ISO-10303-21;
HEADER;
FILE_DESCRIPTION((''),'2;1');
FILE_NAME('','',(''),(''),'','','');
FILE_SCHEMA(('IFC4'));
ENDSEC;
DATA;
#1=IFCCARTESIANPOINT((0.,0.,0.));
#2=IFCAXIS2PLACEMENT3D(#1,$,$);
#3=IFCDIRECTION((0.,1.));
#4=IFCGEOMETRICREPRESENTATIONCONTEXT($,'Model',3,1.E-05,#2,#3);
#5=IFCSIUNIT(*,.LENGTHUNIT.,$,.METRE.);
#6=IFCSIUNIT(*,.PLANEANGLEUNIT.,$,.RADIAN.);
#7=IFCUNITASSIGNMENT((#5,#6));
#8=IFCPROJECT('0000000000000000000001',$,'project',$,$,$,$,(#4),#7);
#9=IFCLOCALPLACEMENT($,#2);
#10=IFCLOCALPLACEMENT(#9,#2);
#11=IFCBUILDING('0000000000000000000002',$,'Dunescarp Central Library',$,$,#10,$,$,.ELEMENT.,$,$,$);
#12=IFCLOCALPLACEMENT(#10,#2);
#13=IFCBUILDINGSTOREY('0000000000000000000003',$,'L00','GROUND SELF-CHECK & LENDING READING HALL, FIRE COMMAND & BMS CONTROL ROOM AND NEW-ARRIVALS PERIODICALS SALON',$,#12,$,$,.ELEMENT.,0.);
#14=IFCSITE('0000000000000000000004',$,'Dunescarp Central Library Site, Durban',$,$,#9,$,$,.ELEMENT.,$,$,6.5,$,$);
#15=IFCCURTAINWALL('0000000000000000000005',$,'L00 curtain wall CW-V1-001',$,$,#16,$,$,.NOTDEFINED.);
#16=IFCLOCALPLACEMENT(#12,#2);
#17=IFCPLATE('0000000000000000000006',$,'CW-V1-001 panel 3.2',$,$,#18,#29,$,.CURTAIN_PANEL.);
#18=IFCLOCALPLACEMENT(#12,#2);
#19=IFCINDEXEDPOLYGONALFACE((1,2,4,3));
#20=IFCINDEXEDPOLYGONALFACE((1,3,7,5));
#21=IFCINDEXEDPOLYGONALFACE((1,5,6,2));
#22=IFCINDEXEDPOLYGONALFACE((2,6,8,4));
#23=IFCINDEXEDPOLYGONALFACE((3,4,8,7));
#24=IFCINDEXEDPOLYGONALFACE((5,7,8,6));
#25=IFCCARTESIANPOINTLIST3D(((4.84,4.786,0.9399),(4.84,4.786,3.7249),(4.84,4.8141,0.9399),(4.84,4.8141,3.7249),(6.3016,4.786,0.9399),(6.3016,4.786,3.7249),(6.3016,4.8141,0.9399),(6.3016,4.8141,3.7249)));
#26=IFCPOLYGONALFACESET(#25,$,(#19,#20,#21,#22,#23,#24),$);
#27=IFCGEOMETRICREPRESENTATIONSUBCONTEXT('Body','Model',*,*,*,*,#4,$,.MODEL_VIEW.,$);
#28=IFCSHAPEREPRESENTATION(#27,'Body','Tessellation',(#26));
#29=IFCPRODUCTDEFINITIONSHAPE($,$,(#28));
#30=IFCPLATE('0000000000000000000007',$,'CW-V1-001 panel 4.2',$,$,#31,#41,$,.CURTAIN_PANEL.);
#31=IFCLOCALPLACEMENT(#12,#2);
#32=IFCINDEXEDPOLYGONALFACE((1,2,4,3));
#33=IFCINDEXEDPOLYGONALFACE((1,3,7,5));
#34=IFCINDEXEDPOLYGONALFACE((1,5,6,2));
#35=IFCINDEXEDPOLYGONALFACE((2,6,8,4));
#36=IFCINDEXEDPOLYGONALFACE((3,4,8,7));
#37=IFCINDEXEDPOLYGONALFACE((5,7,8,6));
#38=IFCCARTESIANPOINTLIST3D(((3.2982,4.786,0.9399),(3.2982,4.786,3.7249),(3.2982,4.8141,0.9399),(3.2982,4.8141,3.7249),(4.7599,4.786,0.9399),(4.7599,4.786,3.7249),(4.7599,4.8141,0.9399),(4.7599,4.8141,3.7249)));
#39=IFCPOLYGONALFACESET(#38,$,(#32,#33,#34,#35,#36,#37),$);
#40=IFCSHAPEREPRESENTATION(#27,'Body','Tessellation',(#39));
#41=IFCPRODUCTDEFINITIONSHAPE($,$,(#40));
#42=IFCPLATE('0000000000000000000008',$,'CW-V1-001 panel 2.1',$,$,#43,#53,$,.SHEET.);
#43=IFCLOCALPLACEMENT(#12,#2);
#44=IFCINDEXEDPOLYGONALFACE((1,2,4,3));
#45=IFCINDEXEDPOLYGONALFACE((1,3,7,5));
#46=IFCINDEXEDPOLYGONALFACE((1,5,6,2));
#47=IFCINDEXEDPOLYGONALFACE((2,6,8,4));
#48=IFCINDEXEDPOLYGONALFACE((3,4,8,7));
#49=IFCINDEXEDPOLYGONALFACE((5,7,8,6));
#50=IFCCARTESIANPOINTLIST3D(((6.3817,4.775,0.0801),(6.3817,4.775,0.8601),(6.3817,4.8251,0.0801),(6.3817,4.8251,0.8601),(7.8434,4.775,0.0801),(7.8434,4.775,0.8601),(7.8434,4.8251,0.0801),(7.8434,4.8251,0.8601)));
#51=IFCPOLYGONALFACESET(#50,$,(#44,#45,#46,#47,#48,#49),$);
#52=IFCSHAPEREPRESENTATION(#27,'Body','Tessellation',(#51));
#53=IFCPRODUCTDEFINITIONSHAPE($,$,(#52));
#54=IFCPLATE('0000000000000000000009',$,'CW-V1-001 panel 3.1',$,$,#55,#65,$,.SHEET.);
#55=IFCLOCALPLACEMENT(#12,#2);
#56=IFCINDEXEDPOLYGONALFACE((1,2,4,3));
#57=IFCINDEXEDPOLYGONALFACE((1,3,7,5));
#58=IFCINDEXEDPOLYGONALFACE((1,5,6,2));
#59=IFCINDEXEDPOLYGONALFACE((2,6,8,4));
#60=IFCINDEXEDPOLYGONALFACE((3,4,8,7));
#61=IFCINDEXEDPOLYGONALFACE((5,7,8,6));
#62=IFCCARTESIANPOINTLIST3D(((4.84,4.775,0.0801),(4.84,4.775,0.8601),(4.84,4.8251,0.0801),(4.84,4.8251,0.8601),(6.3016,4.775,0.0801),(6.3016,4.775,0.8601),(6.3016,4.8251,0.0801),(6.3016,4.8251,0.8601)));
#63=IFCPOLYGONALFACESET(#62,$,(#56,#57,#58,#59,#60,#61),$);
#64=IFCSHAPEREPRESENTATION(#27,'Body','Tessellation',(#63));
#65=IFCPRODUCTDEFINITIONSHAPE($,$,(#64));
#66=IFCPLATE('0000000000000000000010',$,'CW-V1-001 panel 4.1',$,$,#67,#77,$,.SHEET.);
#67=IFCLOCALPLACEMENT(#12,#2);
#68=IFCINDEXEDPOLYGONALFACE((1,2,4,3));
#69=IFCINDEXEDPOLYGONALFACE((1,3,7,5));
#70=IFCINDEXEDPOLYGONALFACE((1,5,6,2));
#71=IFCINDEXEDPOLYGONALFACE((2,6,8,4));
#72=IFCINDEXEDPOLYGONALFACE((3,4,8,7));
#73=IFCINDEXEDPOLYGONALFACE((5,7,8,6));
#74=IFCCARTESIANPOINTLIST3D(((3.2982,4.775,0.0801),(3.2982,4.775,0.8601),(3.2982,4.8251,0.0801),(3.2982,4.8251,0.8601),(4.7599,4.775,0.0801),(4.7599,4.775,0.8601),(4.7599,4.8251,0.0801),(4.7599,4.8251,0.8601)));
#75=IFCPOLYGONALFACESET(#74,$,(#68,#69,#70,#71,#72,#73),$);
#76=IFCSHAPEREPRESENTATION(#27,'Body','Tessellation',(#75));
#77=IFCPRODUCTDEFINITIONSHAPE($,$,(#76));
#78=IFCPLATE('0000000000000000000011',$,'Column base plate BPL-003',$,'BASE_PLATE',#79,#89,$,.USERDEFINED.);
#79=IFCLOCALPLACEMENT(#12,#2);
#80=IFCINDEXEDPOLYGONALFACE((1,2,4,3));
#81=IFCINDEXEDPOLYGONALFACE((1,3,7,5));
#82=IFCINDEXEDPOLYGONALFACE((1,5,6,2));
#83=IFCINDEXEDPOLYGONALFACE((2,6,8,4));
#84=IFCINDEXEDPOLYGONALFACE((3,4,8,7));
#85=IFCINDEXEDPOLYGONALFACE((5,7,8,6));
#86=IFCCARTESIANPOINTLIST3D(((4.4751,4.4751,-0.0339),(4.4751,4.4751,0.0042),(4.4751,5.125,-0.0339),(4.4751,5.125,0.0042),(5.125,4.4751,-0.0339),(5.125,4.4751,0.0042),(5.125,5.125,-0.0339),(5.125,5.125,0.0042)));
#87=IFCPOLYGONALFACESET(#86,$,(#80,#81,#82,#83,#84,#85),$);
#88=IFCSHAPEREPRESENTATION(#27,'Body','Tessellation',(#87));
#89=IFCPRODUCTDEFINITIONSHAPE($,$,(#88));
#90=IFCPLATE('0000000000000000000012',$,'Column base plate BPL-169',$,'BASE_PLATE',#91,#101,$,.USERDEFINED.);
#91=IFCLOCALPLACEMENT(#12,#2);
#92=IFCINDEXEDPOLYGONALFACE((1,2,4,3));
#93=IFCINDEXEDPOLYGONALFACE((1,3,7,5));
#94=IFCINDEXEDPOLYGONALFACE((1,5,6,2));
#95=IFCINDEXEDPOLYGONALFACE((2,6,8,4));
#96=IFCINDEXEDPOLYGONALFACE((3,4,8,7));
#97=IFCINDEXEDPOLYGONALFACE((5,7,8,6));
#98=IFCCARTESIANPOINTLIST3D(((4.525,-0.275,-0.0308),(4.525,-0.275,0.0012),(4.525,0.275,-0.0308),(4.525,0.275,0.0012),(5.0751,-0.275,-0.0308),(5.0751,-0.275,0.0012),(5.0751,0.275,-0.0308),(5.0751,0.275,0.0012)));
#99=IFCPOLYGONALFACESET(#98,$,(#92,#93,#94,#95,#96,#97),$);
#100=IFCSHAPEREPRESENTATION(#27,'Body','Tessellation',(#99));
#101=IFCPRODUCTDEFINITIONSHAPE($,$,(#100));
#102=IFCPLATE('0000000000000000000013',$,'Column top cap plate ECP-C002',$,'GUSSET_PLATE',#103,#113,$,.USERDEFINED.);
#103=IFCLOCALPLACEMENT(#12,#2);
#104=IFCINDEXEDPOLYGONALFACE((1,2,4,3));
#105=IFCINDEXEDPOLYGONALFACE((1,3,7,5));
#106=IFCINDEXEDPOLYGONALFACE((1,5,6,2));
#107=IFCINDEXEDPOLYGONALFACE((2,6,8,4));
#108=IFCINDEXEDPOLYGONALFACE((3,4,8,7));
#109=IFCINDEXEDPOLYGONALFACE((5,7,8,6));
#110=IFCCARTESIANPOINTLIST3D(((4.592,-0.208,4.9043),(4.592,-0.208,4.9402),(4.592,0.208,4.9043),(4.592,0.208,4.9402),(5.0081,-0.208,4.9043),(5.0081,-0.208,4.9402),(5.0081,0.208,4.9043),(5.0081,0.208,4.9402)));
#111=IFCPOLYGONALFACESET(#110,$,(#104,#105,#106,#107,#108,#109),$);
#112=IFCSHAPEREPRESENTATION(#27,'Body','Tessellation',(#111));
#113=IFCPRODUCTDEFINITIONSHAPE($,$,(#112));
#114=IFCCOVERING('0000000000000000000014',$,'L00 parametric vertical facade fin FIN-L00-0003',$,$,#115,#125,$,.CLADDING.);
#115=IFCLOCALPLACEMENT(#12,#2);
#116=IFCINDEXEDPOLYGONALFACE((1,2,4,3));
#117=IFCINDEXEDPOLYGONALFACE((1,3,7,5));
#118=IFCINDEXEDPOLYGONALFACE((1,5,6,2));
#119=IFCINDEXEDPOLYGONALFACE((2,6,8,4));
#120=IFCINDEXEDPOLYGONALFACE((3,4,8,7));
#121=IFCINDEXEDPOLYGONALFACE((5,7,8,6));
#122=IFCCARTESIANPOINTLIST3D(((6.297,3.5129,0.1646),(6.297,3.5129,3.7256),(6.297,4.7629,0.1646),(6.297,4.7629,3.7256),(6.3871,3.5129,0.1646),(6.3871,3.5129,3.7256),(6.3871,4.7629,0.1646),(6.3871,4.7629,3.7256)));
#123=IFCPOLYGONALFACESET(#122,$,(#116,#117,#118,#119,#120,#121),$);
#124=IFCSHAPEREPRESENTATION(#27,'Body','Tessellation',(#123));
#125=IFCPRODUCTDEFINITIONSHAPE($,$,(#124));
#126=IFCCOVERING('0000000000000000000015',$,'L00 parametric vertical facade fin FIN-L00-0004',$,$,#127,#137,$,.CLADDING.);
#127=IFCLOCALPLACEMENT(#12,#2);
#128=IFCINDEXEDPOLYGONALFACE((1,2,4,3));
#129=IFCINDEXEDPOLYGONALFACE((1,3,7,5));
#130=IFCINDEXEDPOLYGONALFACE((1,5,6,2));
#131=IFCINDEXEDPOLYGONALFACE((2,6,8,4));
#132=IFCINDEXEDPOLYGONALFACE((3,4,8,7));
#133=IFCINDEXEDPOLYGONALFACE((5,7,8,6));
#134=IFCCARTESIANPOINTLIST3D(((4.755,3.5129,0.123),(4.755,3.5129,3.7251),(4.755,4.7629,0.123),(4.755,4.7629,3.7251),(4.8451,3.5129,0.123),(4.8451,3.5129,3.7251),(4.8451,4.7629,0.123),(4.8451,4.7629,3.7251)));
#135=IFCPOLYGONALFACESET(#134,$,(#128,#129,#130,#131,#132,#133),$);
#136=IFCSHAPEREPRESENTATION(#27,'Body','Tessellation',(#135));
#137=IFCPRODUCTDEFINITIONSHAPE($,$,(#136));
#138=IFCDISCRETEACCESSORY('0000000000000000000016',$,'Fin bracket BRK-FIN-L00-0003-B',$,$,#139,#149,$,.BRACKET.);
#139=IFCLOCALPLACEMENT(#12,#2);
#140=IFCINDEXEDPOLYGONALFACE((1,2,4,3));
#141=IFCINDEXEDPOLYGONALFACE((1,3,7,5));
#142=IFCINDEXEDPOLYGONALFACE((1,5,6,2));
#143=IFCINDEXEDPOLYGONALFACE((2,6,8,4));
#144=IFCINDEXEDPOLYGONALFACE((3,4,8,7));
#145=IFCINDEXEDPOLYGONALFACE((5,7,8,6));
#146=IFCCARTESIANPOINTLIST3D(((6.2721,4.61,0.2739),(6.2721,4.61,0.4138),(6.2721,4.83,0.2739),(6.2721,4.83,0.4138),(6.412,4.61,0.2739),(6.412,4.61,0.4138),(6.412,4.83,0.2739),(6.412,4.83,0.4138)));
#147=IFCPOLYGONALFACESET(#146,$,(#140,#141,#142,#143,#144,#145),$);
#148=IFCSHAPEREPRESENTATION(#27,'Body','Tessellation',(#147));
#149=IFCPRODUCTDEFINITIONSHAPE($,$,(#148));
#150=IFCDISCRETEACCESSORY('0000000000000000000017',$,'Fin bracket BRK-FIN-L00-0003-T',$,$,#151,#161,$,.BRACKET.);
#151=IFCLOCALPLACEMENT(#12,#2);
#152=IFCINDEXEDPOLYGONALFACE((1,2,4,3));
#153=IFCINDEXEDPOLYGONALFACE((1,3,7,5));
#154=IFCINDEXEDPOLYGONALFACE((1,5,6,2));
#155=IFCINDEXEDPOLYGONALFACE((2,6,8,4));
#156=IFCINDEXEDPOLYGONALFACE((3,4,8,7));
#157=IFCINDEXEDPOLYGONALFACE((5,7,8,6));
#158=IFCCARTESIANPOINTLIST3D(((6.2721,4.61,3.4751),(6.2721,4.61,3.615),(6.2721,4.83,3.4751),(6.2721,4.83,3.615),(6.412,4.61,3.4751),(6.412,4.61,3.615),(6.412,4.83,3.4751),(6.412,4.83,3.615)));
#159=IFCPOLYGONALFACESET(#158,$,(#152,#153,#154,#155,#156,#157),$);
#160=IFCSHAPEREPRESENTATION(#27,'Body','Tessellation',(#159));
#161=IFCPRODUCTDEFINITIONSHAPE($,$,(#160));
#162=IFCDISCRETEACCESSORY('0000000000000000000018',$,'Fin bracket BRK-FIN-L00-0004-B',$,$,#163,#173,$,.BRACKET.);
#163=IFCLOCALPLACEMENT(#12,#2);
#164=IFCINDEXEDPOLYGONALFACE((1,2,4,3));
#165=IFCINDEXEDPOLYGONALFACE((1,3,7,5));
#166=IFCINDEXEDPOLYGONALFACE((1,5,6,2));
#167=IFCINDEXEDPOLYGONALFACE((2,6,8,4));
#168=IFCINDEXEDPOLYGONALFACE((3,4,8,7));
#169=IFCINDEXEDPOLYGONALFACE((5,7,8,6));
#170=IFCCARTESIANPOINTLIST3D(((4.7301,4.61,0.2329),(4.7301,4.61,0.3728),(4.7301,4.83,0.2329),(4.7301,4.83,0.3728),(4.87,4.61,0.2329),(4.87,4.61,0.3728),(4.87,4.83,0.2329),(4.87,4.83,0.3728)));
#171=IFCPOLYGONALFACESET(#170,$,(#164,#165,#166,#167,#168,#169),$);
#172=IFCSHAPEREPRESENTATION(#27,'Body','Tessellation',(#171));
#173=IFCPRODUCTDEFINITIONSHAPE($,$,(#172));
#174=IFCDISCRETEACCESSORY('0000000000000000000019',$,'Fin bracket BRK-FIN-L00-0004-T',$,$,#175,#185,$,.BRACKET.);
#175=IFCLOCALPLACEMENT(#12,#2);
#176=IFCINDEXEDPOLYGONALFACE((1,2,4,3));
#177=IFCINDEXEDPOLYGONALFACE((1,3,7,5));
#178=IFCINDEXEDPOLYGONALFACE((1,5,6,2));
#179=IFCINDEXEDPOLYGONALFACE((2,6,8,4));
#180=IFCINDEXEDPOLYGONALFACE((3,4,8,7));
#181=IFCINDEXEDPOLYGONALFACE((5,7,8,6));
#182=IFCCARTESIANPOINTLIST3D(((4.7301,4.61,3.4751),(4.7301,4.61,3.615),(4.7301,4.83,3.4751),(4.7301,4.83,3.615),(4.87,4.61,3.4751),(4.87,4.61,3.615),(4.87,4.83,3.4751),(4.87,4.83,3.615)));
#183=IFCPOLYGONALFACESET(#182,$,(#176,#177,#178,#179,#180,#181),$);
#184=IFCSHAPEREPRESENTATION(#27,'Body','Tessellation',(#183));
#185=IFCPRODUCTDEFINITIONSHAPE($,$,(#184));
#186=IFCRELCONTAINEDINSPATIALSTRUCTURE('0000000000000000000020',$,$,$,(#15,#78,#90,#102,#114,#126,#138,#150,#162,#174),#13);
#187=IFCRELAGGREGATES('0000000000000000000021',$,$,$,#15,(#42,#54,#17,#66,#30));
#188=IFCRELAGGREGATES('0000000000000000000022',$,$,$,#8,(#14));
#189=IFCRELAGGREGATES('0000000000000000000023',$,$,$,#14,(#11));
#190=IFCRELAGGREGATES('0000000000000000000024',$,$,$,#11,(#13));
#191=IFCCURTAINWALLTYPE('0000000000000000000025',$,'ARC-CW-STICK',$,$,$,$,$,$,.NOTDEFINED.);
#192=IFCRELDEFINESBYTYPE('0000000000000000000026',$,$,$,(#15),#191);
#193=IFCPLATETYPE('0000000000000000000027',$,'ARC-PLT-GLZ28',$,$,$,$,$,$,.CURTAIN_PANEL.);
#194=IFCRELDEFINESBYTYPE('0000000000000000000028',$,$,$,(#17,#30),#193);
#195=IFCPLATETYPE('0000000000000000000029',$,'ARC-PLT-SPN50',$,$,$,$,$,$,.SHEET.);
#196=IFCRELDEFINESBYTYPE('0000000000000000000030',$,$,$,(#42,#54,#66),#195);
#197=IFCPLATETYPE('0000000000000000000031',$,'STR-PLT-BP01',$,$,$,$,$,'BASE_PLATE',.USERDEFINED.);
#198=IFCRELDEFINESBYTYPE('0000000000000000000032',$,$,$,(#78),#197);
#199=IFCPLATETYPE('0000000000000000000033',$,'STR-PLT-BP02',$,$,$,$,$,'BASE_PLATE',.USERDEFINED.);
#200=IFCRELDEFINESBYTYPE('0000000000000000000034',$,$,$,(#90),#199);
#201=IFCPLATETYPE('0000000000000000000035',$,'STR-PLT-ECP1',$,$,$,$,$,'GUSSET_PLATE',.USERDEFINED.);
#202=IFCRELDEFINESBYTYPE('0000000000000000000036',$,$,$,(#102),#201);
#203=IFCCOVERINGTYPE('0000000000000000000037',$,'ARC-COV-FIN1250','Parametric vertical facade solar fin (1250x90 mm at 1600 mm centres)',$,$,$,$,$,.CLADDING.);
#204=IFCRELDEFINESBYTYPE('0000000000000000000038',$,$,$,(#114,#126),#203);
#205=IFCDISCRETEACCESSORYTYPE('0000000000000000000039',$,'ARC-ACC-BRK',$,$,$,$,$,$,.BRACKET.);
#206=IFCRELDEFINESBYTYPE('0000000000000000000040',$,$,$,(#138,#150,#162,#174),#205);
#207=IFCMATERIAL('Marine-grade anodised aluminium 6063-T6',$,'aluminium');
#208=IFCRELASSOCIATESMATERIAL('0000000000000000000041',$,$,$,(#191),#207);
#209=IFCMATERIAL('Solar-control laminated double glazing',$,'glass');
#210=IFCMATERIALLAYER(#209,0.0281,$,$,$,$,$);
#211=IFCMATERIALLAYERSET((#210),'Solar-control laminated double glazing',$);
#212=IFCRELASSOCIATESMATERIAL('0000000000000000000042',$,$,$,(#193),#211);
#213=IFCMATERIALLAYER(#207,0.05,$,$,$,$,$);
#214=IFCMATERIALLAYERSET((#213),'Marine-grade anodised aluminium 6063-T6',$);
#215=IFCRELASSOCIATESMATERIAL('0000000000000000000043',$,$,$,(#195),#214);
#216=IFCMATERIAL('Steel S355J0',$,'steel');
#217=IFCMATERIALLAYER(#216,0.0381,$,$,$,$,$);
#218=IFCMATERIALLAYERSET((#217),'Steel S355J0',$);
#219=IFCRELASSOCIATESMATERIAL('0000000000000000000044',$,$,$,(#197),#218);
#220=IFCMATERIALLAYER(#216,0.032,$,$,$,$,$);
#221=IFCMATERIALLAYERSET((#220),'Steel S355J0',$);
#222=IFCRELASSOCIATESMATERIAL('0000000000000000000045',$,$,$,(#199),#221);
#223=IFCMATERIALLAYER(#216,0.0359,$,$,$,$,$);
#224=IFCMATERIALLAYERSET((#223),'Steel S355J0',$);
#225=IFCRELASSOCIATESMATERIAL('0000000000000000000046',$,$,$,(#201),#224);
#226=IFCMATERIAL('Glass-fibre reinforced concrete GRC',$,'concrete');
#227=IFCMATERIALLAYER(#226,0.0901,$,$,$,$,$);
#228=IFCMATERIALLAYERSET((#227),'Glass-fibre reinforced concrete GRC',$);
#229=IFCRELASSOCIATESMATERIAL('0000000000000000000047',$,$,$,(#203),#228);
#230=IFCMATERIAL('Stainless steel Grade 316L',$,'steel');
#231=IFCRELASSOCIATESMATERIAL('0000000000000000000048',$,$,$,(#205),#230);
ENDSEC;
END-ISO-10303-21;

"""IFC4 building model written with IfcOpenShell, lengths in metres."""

from ifc_helpers import new_model, si_unit, direction, frame, origin, origin_2d, place, context, subcontext, project, spatial, rectangle, extrude, material, layer, layer_set, type_object, element, aggregate, save


model = new_model("IFC4")

# Units and contexts
model_context = context("Model", 3, precision=1e-05, world=origin(), true_north=direction((0.0, 1.0)))
body_context = subcontext(model_context, "Body", "Model", "MODEL_VIEW")
ifc_project = project(units=[si_unit("LENGTHUNIT", "METRE"), si_unit("PLANEANGLEUNIT", "RADIAN")], contexts=[model_context])

# Site, building, storey
site_placement = place(None, origin())
site = spatial("IfcSite", under=ifc_project, at=site_placement, Name="Dunescarp Central Library Site, Durban", CompositionType="ELEMENT", RefElevation=6.5)
building_placement = place(site_placement, origin())
building = spatial("IfcBuilding", under=site, at=building_placement, Name="Dunescarp Central Library", CompositionType="ELEMENT")
storey_placement = place(building_placement, origin())
storey = spatial("IfcBuildingStorey", under=building, at=storey_placement, Name="L00", Description="GROUND SELF-CHECK & LENDING READING HALL, FIRE COMMAND & BMS CONTROL ROOM AND NEW-ARRIVALS PERIODICALS SALON", CompositionType="ELEMENT", Elevation=0.0)

# Shared definitions
ifc_material_1 = material(Name="Steel S355J0", Category="steel")

# Curtain wall
ifc_material_2 = material(Name="Marine-grade anodised aluminium 6063-T6", Category="aluminium")
curtain_wall_type = type_object("IfcCurtainWallType", Name="ARC-CW-STICK", PredefinedType="NOTDEFINED", material=ifc_material_2)
curtain_wall_placement = place(storey_placement, origin())
curtain_wall = element("IfcCurtainWall", 1, at=curtain_wall_placement, inside=storey, type_object=curtain_wall_type, Name="L00 curtain wall CW-V1-001", PredefinedType="NOTDEFINED")

# Plates
ifc_material_3 = material(Name="Solar-control laminated double glazing", Category="glass")
ifc_layer_1 = layer(ifc_material_3, 0.0281)
ifc_layer_set_1 = layer_set([ifc_layer_1], Name="Solar-control laminated double glazing")
plate_type_1 = type_object("IfcPlateType", Name="ARC-PLT-GLZ28", PredefinedType="CURTAIN_PANEL", material=ifc_layer_set_1)
plate_1_placement = place(storey_placement, frame((5.5708, 4.8, 0.9399), z_axis=(0.0, 0.0, 1.0), x_axis=(-1.0, 0.0, 0.0)))
plate_1 = element("IfcPlate", 2, at=plate_1_placement, type_object=plate_type_1, Name="CW-V1-001 panel 3.2", PredefinedType="CURTAIN_PANEL", context=body_context, shape_type="SweptSolid", body=[
    extrude(rectangle(XDim=1.4617, YDim=0.0281, at=origin_2d()), origin(), (0.0, 0.0, 1.0), 2.7849),
])
plate_2_placement = place(storey_placement, frame((4.0291, 4.8, 0.9399), z_axis=(0.0, 0.0, 1.0), x_axis=(-1.0, 0.0, 0.0)))
plate_2 = element("IfcPlate", 3, at=plate_2_placement, type_object=plate_type_1, Name="CW-V1-001 panel 4.2", PredefinedType="CURTAIN_PANEL", context=body_context, shape_type="SweptSolid", body=[
    extrude(rectangle(XDim=1.4617, YDim=0.0281, at=origin_2d()), origin(), (0.0, 0.0, 1.0), 2.7849),
])
ifc_layer_2 = layer(ifc_material_2, 0.05)
ifc_layer_set_2 = layer_set([ifc_layer_2], Name="Marine-grade anodised aluminium 6063-T6")
plate_type_2 = type_object("IfcPlateType", Name="ARC-PLT-SPN50", PredefinedType="SHEET", material=ifc_layer_set_2)
plate_3_placement = place(storey_placement, frame((7.1125, 4.8, 0.0801), z_axis=(0.0, 0.0, 1.0), x_axis=(-1.0, 0.0, 0.0)))
plate_3 = element("IfcPlate", 4, at=plate_3_placement, type_object=plate_type_2, Name="CW-V1-001 panel 2.1", PredefinedType="SHEET", context=body_context, shape_type="SweptSolid", body=[
    extrude(rectangle(XDim=1.4617, YDim=0.05, at=origin_2d()), origin(), (0.0, 0.0, 1.0), 0.78),
])
plate_4_placement = place(storey_placement, frame((5.5708, 4.8, 0.0801), z_axis=(0.0, 0.0, 1.0), x_axis=(-1.0, 0.0, 0.0)))
plate_4 = element("IfcPlate", 5, at=plate_4_placement, type_object=plate_type_2, Name="CW-V1-001 panel 3.1", PredefinedType="SHEET", context=body_context, shape_type="SweptSolid", body=[
    extrude(rectangle(XDim=1.4617, YDim=0.05, at=origin_2d()), origin(), (0.0, 0.0, 1.0), 0.78),
])
plate_5_placement = place(storey_placement, frame((4.0291, 4.8, 0.0801), z_axis=(0.0, 0.0, 1.0), x_axis=(-1.0, 0.0, 0.0)))
plate_5 = element("IfcPlate", 6, at=plate_5_placement, type_object=plate_type_2, Name="CW-V1-001 panel 4.1", PredefinedType="SHEET", context=body_context, shape_type="SweptSolid", body=[
    extrude(rectangle(XDim=1.4617, YDim=0.05, at=origin_2d()), origin(), (0.0, 0.0, 1.0), 0.78),
])
aggregate(curtain_wall, [plate_3, plate_4, plate_1, plate_5, plate_2])

# Plates
ifc_layer_3 = layer(ifc_material_1, 0.0381)
ifc_layer_set_3 = layer_set([ifc_layer_3], Name="Steel S355J0")
plate_type_3 = type_object("IfcPlateType", Name="STR-PLT-BP01", ElementType="BASE_PLATE", PredefinedType="USERDEFINED", material=ifc_layer_set_3)
plate_6_placement = place(storey_placement, frame((4.8, 4.8, -0.0339), z_axis=(0.0, 0.0, 1.0), x_axis=(1.0, 0.0, 0.0)))
element("IfcPlate", 7, at=plate_6_placement, inside=storey, type_object=plate_type_3, Name="Column base plate BPL-003", ObjectType="BASE_PLATE", PredefinedType="USERDEFINED", context=body_context, shape_type="SweptSolid", body=[
    extrude(rectangle(XDim=0.6499, YDim=0.6499, at=origin_2d()), origin(), (0.0, 0.0, 1.0), 0.0381),
])
ifc_layer_4 = layer(ifc_material_1, 0.032)
ifc_layer_set_4 = layer_set([ifc_layer_4], Name="Steel S355J0")
plate_type_4 = type_object("IfcPlateType", Name="STR-PLT-BP02", ElementType="BASE_PLATE", PredefinedType="USERDEFINED", material=ifc_layer_set_4)
plate_7_placement = place(storey_placement, frame((4.8, 0.0, -0.0308), z_axis=(0.0, 0.0, 1.0), x_axis=(1.0, 0.0, 0.0)))
element("IfcPlate", 8, at=plate_7_placement, inside=storey, type_object=plate_type_4, Name="Column base plate BPL-169", ObjectType="BASE_PLATE", PredefinedType="USERDEFINED", context=body_context, shape_type="SweptSolid", body=[
    extrude(rectangle(XDim=0.55, YDim=0.55, at=origin_2d()), origin(), (0.0, 0.0, 1.0), 0.032),
])
ifc_layer_5 = layer(ifc_material_1, 0.0359)
ifc_layer_set_5 = layer_set([ifc_layer_5], Name="Steel S355J0")
plate_type_5 = type_object("IfcPlateType", Name="STR-PLT-ECP1", ElementType="GUSSET_PLATE", PredefinedType="USERDEFINED", material=ifc_layer_set_5)
plate_8_placement = place(storey_placement, frame((4.8, 0.0, 4.9043), z_axis=(0.0, 0.0, 1.0), x_axis=(1.0, 0.0, 0.0)))
element("IfcPlate", 9, at=plate_8_placement, inside=storey, type_object=plate_type_5, Name="Column top cap plate ECP-C002", ObjectType="GUSSET_PLATE", PredefinedType="USERDEFINED", context=body_context, shape_type="SweptSolid", body=[
    extrude(rectangle(XDim=0.416, YDim=0.416, at=origin_2d()), origin(), (0.0, 0.0, 1.0), 0.0359),
])

# Coverings
ifc_material_4 = material(Name="Glass-fibre reinforced concrete GRC", Category="concrete")
ifc_layer_6 = layer(ifc_material_4, 0.0901)
ifc_layer_set_6 = layer_set([ifc_layer_6], Name="Glass-fibre reinforced concrete GRC")
covering_type = type_object("IfcCoveringType", Name="ARC-COV-FIN1250", Description="Parametric vertical facade solar fin (1250x90 mm at 1600 mm centres)", PredefinedType="CLADDING", material=ifc_layer_set_6)
covering_1_placement = place(storey_placement, frame((6.342, 4.1379, 0.1646), z_axis=(0.0, 0.0, 1.0), x_axis=(0.0, -1.0, 0.0)))
element("IfcCovering", 10, at=covering_1_placement, inside=storey, type_object=covering_type, Name="L00 parametric vertical facade fin FIN-L00-0003", PredefinedType="CLADDING", context=body_context, shape_type="SweptSolid", body=[
    extrude(rectangle(XDim=1.25, YDim=0.0901, at=origin_2d()), origin(), (0.0, 0.0, 1.0), 3.561),
])
covering_2_placement = place(storey_placement, frame((4.8, 4.1379, 0.123), z_axis=(0.0, 0.0, 1.0), x_axis=(0.0, -1.0, 0.0)))
element("IfcCovering", 11, at=covering_2_placement, inside=storey, type_object=covering_type, Name="L00 parametric vertical facade fin FIN-L00-0004", PredefinedType="CLADDING", context=body_context, shape_type="SweptSolid", body=[
    extrude(rectangle(XDim=1.25, YDim=0.0901, at=origin_2d()), origin(), (0.0, 0.0, 1.0), 3.6021),
])

# Discrete accessories
ifc_material_5 = material(Name="Stainless steel Grade 316L", Category="steel")
discrete_accessory_type = type_object("IfcDiscreteAccessoryType", Name="ARC-ACC-BRK", PredefinedType="BRACKET", material=ifc_material_5)
for number, where, z_axis, x_axis, name in (
    (12, (6.342, 4.72, 0.2739), (0.0, 0.0, 1.0), (0.0, -1.0, 0.0), "Fin bracket BRK-FIN-L00-0003-B"),
    (13, (6.342, 4.72, 3.4751), (0.0, 0.0, 1.0), (0.0, -1.0, 0.0), "Fin bracket BRK-FIN-L00-0003-T"),
    (14, (4.8, 4.72, 0.2329), (0.0, 0.0, 1.0), (0.0, -1.0, 0.0), "Fin bracket BRK-FIN-L00-0004-B"),
    (15, (4.8, 4.72, 3.4751), (0.0, 0.0, 1.0), (0.0, -1.0, 0.0), "Fin bracket BRK-FIN-L00-0004-T"),
):
    element("IfcDiscreteAccessory", number, at=place(storey_placement, frame(where, z_axis=z_axis, x_axis=x_axis)), inside=storey, type_object=discrete_accessory_type, Name=name, PredefinedType="BRACKET", context=body_context, shape_type="SweptSolid", body=[
        extrude(rectangle(XDim=0.22, YDim=0.1399, at=origin_2d()), origin(), (0.0, 0.0, 1.0), 0.1399),
    ])

save(model, "model.ifc")
